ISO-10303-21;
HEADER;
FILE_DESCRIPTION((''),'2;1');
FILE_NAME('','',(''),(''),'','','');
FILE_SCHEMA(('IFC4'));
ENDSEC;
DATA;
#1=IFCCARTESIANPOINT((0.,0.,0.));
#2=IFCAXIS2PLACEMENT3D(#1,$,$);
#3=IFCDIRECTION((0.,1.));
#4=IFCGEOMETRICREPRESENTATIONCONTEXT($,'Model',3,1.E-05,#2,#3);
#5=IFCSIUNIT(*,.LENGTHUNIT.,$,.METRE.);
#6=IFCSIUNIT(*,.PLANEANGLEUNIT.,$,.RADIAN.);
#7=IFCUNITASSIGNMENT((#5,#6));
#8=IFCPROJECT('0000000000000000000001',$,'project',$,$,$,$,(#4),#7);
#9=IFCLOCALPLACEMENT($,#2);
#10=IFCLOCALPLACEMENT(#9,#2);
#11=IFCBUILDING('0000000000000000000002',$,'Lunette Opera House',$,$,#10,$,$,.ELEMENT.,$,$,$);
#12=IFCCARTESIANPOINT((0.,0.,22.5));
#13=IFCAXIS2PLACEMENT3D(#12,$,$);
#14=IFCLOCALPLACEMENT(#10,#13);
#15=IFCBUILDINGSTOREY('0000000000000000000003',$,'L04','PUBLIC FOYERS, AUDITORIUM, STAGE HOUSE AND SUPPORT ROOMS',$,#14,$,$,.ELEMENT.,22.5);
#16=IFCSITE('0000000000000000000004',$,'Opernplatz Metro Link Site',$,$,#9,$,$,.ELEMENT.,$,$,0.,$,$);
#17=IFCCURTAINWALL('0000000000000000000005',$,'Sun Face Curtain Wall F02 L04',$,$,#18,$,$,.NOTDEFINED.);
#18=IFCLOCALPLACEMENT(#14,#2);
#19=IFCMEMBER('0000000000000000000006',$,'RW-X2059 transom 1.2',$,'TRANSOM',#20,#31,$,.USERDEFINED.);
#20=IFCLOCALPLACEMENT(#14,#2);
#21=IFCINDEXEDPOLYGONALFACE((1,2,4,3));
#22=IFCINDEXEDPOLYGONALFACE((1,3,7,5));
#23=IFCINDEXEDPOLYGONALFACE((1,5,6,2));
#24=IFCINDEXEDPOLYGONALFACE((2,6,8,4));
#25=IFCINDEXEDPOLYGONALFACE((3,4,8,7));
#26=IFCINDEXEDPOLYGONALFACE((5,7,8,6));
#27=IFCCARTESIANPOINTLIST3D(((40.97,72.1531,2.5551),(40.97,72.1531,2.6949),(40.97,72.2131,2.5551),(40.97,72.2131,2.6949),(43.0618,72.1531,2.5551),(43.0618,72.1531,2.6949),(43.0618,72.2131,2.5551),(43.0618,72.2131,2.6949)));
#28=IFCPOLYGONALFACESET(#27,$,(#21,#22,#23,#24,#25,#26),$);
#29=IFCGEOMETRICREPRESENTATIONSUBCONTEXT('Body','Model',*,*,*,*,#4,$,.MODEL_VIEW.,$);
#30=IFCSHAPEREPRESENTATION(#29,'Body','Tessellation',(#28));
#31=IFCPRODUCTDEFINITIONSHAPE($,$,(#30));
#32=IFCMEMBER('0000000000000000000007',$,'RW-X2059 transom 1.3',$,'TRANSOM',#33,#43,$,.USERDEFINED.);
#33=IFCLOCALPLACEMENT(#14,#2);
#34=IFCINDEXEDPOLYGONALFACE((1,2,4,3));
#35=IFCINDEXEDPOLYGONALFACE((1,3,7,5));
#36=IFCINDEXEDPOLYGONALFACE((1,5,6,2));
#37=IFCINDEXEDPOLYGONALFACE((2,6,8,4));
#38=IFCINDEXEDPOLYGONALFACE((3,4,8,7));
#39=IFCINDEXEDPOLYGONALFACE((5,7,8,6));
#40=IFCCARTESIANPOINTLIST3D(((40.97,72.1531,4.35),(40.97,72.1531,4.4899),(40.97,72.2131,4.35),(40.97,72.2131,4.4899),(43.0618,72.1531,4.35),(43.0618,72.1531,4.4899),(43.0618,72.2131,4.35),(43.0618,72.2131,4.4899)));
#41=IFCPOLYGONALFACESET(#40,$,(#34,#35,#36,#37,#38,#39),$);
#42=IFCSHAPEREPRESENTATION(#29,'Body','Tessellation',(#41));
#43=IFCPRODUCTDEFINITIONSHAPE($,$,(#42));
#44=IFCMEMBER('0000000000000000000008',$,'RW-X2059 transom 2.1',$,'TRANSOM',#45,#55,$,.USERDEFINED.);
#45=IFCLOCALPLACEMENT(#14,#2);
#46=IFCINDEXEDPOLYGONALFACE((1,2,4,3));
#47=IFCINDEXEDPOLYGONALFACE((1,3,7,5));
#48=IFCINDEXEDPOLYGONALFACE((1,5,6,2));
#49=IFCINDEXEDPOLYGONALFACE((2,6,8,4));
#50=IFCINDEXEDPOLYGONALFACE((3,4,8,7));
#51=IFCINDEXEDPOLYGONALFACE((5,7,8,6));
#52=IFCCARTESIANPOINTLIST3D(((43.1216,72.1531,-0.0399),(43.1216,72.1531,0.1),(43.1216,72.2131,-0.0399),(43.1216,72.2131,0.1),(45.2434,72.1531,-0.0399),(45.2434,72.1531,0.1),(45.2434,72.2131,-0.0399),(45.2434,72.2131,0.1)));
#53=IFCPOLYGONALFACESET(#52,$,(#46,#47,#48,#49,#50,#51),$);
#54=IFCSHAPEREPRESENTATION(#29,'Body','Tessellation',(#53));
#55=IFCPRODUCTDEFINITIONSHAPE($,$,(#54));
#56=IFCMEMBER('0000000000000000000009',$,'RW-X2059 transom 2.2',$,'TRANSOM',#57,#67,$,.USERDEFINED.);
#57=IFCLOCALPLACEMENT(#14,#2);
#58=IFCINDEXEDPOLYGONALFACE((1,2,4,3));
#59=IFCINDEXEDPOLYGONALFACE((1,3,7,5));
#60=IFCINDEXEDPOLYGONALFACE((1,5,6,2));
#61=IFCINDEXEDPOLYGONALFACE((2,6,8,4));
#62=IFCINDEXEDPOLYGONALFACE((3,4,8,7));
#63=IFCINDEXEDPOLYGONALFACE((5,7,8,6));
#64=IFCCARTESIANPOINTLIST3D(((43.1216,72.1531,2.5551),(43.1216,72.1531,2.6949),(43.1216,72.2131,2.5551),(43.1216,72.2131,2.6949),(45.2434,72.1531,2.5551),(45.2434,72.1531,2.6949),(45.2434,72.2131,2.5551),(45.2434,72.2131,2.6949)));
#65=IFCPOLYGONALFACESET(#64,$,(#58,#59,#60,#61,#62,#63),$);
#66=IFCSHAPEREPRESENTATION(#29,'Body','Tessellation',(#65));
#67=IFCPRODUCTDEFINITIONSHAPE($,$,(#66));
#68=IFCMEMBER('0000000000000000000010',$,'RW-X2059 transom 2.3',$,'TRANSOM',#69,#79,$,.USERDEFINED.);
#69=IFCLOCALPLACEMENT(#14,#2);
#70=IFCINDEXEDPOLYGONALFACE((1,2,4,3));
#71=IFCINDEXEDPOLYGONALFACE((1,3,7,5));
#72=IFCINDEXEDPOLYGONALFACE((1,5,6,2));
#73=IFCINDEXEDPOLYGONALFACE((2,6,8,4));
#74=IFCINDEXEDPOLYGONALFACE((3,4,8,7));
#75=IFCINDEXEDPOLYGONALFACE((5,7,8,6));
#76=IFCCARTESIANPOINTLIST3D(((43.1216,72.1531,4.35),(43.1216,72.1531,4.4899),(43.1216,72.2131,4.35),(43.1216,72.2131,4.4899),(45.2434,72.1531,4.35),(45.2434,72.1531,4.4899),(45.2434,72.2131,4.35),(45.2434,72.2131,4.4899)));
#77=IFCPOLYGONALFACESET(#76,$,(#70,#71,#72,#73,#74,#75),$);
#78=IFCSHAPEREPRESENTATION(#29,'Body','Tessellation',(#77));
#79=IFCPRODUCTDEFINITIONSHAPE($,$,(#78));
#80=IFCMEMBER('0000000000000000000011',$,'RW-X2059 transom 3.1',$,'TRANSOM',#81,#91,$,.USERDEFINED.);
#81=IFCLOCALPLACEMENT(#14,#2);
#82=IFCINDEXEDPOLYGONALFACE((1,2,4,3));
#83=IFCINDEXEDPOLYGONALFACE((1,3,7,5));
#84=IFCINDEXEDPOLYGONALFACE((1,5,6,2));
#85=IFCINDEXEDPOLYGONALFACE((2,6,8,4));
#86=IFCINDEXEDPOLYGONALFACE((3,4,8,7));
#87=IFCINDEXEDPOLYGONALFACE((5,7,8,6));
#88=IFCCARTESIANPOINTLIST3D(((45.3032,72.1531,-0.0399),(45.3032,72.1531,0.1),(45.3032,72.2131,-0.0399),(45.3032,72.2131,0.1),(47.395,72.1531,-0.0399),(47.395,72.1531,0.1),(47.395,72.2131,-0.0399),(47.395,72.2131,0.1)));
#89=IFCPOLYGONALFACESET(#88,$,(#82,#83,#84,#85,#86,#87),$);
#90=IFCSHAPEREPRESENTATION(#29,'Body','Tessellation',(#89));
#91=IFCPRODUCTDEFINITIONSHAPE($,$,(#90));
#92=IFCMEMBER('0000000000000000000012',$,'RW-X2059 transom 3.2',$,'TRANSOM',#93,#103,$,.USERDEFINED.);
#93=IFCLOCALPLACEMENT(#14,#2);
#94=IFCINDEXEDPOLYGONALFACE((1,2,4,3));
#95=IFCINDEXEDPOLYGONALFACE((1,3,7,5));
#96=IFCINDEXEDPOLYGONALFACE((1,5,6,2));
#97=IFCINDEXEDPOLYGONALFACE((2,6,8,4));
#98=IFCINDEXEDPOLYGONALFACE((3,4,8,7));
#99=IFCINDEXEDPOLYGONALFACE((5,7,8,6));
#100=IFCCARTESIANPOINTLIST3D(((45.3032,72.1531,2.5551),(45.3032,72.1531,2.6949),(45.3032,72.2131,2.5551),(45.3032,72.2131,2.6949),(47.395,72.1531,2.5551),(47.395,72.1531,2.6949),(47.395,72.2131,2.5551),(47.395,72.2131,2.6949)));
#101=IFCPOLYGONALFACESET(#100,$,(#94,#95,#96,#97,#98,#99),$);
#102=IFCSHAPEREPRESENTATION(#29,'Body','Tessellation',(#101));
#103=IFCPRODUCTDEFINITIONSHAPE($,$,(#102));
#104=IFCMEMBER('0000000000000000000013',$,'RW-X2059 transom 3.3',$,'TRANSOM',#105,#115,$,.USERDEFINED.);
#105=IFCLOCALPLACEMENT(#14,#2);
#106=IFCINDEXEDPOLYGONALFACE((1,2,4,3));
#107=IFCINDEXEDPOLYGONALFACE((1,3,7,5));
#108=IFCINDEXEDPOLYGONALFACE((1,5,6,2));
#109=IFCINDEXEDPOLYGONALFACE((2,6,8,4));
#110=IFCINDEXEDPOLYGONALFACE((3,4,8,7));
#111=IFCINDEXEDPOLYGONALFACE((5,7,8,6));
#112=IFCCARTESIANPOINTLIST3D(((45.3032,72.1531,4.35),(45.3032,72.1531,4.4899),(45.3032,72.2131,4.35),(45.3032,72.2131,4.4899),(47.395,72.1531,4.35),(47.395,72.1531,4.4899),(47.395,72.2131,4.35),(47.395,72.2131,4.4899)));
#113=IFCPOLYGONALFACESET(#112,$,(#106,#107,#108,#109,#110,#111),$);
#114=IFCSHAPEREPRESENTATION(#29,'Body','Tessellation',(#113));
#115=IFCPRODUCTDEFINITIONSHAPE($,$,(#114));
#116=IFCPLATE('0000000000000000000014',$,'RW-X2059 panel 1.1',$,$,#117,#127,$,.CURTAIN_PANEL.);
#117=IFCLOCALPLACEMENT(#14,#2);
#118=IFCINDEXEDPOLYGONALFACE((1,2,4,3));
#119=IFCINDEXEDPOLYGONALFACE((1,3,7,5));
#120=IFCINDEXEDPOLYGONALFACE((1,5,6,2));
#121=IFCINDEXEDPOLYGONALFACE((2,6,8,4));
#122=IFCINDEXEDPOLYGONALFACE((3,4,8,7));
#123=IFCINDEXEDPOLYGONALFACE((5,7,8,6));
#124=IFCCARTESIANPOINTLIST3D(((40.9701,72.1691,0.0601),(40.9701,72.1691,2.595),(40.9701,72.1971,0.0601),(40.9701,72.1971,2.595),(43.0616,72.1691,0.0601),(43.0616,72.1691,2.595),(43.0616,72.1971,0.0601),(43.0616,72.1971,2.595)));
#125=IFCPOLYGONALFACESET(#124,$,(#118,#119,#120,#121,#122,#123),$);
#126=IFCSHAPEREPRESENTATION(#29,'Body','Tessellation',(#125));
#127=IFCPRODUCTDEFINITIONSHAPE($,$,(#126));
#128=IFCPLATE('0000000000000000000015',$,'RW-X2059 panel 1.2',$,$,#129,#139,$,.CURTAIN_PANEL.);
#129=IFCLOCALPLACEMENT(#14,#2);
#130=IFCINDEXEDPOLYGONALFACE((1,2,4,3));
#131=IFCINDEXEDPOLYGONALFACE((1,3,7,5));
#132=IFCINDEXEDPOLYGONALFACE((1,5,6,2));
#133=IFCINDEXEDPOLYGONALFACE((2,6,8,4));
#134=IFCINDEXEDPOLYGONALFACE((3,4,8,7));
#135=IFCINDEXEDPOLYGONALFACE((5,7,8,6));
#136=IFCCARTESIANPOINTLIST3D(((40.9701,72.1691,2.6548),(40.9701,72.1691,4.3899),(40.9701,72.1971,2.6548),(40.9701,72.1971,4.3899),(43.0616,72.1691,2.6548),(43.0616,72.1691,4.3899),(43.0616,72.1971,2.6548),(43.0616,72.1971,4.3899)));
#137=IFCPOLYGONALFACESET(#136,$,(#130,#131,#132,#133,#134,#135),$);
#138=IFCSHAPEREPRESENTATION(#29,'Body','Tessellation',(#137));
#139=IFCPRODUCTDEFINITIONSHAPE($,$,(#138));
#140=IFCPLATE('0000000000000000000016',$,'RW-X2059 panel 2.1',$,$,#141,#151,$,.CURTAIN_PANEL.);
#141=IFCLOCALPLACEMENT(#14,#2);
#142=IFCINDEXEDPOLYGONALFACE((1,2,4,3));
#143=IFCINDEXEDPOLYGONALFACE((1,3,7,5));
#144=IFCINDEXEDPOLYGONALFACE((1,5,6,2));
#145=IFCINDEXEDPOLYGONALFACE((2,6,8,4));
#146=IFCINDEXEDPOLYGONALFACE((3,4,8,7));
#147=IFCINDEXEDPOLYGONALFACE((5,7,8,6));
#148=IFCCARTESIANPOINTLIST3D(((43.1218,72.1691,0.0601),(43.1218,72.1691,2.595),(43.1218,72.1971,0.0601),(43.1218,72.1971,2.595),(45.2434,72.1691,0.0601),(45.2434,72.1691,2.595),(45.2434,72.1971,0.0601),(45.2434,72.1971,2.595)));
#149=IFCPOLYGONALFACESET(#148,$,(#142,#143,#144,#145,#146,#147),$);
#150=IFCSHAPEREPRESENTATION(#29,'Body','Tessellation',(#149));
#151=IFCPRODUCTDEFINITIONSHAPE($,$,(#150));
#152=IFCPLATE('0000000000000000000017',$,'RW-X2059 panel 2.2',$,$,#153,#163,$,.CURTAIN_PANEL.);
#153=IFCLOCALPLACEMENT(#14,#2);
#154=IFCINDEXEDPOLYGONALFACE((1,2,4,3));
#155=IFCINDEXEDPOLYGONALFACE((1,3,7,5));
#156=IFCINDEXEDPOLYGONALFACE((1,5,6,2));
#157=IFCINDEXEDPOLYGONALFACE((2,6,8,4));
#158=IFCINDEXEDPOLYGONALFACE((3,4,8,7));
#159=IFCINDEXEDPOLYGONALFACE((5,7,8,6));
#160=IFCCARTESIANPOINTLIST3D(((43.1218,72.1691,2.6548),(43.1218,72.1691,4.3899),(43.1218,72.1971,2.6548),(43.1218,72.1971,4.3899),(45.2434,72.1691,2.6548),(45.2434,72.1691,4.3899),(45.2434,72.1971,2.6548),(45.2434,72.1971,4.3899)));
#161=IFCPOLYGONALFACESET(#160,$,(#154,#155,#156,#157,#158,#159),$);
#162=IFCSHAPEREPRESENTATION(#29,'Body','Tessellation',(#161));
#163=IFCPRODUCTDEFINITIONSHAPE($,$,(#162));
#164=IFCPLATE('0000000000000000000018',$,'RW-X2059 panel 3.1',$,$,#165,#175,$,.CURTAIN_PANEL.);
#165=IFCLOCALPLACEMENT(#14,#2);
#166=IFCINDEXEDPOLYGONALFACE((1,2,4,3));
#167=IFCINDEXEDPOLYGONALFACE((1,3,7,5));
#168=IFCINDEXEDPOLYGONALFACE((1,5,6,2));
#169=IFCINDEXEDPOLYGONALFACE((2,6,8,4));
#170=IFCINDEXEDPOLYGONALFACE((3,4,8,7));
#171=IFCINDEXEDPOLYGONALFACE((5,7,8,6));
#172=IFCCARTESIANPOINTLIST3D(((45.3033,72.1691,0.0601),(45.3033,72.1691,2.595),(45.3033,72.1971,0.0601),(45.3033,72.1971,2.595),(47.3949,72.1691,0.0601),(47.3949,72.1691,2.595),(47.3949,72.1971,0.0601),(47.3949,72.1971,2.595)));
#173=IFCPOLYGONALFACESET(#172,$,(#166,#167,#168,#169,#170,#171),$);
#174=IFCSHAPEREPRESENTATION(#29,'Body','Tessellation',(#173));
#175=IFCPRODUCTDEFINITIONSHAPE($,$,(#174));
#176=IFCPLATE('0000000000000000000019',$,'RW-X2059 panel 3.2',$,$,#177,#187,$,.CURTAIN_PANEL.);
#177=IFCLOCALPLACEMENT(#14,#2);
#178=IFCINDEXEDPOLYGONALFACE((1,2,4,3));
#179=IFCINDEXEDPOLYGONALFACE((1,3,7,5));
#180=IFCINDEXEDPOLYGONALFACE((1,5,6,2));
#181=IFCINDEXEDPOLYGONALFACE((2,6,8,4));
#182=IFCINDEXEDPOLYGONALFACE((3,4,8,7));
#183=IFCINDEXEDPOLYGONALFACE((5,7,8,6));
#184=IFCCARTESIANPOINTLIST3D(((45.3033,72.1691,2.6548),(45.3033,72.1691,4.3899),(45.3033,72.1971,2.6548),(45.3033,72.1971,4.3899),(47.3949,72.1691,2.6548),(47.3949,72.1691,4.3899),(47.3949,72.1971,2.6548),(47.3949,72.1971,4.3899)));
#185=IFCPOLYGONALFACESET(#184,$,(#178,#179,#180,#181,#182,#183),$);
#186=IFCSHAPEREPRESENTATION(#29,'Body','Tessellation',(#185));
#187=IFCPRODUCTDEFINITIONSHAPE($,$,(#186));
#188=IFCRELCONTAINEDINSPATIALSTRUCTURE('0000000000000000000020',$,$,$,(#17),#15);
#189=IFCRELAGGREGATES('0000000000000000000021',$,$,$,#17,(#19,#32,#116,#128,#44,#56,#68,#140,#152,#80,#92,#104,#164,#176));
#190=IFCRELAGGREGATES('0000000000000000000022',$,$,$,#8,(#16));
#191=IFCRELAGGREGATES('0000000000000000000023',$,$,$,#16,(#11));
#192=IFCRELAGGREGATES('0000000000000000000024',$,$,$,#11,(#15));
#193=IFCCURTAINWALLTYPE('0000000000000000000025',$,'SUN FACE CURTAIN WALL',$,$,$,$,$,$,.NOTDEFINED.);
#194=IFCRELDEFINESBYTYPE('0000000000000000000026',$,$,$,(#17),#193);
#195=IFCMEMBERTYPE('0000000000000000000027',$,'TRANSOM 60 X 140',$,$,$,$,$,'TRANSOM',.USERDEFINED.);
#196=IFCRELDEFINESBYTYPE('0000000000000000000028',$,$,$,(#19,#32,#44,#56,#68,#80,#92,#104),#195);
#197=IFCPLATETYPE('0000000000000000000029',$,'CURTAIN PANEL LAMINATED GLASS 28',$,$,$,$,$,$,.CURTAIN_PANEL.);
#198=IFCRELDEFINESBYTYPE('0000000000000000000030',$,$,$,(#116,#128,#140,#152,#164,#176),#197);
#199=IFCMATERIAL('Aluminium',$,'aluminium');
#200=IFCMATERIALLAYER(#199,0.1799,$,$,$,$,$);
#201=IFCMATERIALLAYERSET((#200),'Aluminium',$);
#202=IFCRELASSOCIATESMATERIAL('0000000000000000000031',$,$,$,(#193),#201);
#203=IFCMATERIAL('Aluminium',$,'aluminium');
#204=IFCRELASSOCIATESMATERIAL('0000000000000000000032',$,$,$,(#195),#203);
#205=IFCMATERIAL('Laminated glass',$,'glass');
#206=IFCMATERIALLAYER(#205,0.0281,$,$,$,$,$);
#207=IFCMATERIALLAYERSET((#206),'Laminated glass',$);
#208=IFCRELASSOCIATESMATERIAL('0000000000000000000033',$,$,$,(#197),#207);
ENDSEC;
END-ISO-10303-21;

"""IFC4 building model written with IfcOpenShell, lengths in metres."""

from ifc_helpers import new_model, si_unit, direction, frame, origin, origin_2d, place, context, subcontext, project, spatial, rectangle, extrude, material, layer, layer_set, material_profile, profile_set, type_object, element, aggregate, save


model = new_model("IFC4")

# Units and contexts
model_context = context("Model", 3, precision=1e-05, world=origin(), true_north=direction((0.0, 1.0)))
body_context = subcontext(model_context, "Body", "Model", "MODEL_VIEW")
ifc_project = project(units=[si_unit("LENGTHUNIT", "METRE"), si_unit("PLANEANGLEUNIT", "RADIAN")], contexts=[model_context])

# Site, building, storey
site_placement = place(None, origin())
site = spatial("IfcSite", under=ifc_project, at=site_placement, Name="Opernplatz Metro Link Site", CompositionType="ELEMENT", RefElevation=0.0)
building_placement = place(site_placement, origin())
building = spatial("IfcBuilding", under=site, at=building_placement, Name="Lunette Opera House", CompositionType="ELEMENT")
storey_placement = place(building_placement, frame((0.0, 0.0, 22.5)))
storey = spatial("IfcBuildingStorey", under=building, at=storey_placement, Name="L04", Description="PUBLIC FOYERS, AUDITORIUM, STAGE HOUSE AND SUPPORT ROOMS", CompositionType="ELEMENT", Elevation=22.5)

# Curtain wall
ifc_material_1 = material(Name="Aluminium", Category="aluminium")
ifc_layer_1 = layer(ifc_material_1, 0.1799)
ifc_layer_set_1 = layer_set([ifc_layer_1], Name="Aluminium")
curtain_wall_type = type_object("IfcCurtainWallType", Name="SUN FACE CURTAIN WALL", PredefinedType="NOTDEFINED", material=ifc_layer_set_1)
curtain_wall_placement = place(storey_placement, origin())
curtain_wall = element("IfcCurtainWall", 1, at=curtain_wall_placement, inside=storey, type_object=curtain_wall_type, Name="Sun Face Curtain Wall F02 L04", PredefinedType="NOTDEFINED")

# Members
ifc_material_2 = material(Name="Aluminium", Category="aluminium")
ifc_material_profile_1 = material_profile(ifc_material_2, rectangle(XDim=0.0601, YDim=0.1399, at=origin_2d()), Name="TRANSOM 60 X 140")
ifc_profile_set_1 = profile_set([ifc_material_profile_1], Name="Aluminium")
member_type_1 = type_object("IfcMemberType", Name="TRANSOM 60 X 140", ElementType="TRANSOM", PredefinedType="USERDEFINED", material=ifc_profile_set_1)
member_1_placement = place(storey_placement, frame((40.97, 72.1831, 2.625), z_axis=(1.0, 0.0, 0.0), x_axis=(0.0, 1.0, 0.0)))
member_1 = element("IfcMember", 2, at=member_1_placement, type_object=member_type_1, Name="RW-X2059 transom 1.2", ObjectType="TRANSOM", PredefinedType="USERDEFINED", context=body_context, shape_type="SweptSolid", body=[
    extrude(rectangle(XDim=0.0601, YDim=0.1399, at=origin_2d()), origin(), (0.0, 0.0, 1.0), 2.0918),
])
member_2_placement = place(storey_placement, frame((40.97, 72.1831, 4.4199), z_axis=(1.0, 0.0, 0.0), x_axis=(0.0, 1.0, 0.0)))
member_2 = element("IfcMember", 3, at=member_2_placement, type_object=member_type_1, Name="RW-X2059 transom 1.3", ObjectType="TRANSOM", PredefinedType="USERDEFINED", context=body_context, shape_type="SweptSolid", body=[
    extrude(rectangle(XDim=0.0601, YDim=0.1399, at=origin_2d()), origin(), (0.0, 0.0, 1.0), 2.0918),
])
member_3_placement = place(storey_placement, frame((43.1216, 72.1831, 0.03), z_axis=(1.0, 0.0, 0.0), x_axis=(0.0, 1.0, 0.0)))
member_3 = element("IfcMember", 4, at=member_3_placement, type_object=member_type_1, Name="RW-X2059 transom 2.1", ObjectType="TRANSOM", PredefinedType="USERDEFINED", context=body_context, shape_type="SweptSolid", body=[
    extrude(rectangle(XDim=0.0601, YDim=0.1399, at=origin_2d()), origin(), (0.0, 0.0, 1.0), 2.1218),
])
member_4_placement = place(storey_placement, frame((43.1216, 72.1831, 2.625), z_axis=(1.0, 0.0, 0.0), x_axis=(0.0, 1.0, 0.0)))
member_4 = element("IfcMember", 5, at=member_4_placement, type_object=member_type_1, Name="RW-X2059 transom 2.2", ObjectType="TRANSOM", PredefinedType="USERDEFINED", context=body_context, shape_type="SweptSolid", body=[
    extrude(rectangle(XDim=0.0601, YDim=0.1399, at=origin_2d()), origin(), (0.0, 0.0, 1.0), 2.1218),
])
member_5_placement = place(storey_placement, frame((43.1216, 72.1831, 4.4199), z_axis=(1.0, 0.0, 0.0), x_axis=(0.0, 1.0, 0.0)))
member_5 = element("IfcMember", 6, at=member_5_placement, type_object=member_type_1, Name="RW-X2059 transom 2.3", ObjectType="TRANSOM", PredefinedType="USERDEFINED", context=body_context, shape_type="SweptSolid", body=[
    extrude(rectangle(XDim=0.0601, YDim=0.1399, at=origin_2d()), origin(), (0.0, 0.0, 1.0), 2.1218),
])
member_6_placement = place(storey_placement, frame((45.3032, 72.1831, 0.03), z_axis=(1.0, 0.0, 0.0), x_axis=(0.0, 1.0, 0.0)))
member_6 = element("IfcMember", 7, at=member_6_placement, type_object=member_type_1, Name="RW-X2059 transom 3.1", ObjectType="TRANSOM", PredefinedType="USERDEFINED", context=body_context, shape_type="SweptSolid", body=[
    extrude(rectangle(XDim=0.0601, YDim=0.1399, at=origin_2d()), origin(), (0.0, 0.0, 1.0), 2.0918),
])
member_7_placement = place(storey_placement, frame((45.3032, 72.1831, 2.625), z_axis=(1.0, 0.0, 0.0), x_axis=(0.0, 1.0, 0.0)))
member_7 = element("IfcMember", 8, at=member_7_placement, type_object=member_type_1, Name="RW-X2059 transom 3.2", ObjectType="TRANSOM", PredefinedType="USERDEFINED", context=body_context, shape_type="SweptSolid", body=[
    extrude(rectangle(XDim=0.0601, YDim=0.1399, at=origin_2d()), origin(), (0.0, 0.0, 1.0), 2.0918),
])
member_8_placement = place(storey_placement, frame((45.3032, 72.1831, 4.4199), z_axis=(1.0, 0.0, 0.0), x_axis=(0.0, 1.0, 0.0)))
member_8 = element("IfcMember", 9, at=member_8_placement, type_object=member_type_1, Name="RW-X2059 transom 3.3", ObjectType="TRANSOM", PredefinedType="USERDEFINED", context=body_context, shape_type="SweptSolid", body=[
    extrude(rectangle(XDim=0.0601, YDim=0.1399, at=origin_2d()), origin(), (0.0, 0.0, 1.0), 2.0918),
])

# Plates
ifc_material_3 = material(Name="Laminated glass", Category="glass")
ifc_layer_2 = layer(ifc_material_3, 0.0281)
ifc_layer_set_2 = layer_set([ifc_layer_2], Name="Laminated glass")
plate_type = type_object("IfcPlateType", Name="CURTAIN PANEL LAMINATED GLASS 28", PredefinedType="CURTAIN_PANEL", material=ifc_layer_set_2)
plate_1_placement = place(storey_placement, frame((42.0159, 72.1831, 0.0601), z_axis=(0.0, 0.0, 1.0), x_axis=(1.0, 0.0, 0.0)))
plate_1 = element("IfcPlate", 10, at=plate_1_placement, type_object=plate_type, Name="RW-X2059 panel 1.1", PredefinedType="CURTAIN_PANEL", context=body_context, shape_type="SweptSolid", body=[
    extrude(rectangle(XDim=2.0916, YDim=0.0281, at=origin_2d()), origin(), (0.0, 0.0, 1.0), 2.5349),
])
plate_2_placement = place(storey_placement, frame((42.0159, 72.1831, 2.6548), z_axis=(0.0, 0.0, 1.0), x_axis=(1.0, 0.0, 0.0)))
plate_2 = element("IfcPlate", 11, at=plate_2_placement, type_object=plate_type, Name="RW-X2059 panel 1.2", PredefinedType="CURTAIN_PANEL", context=body_context, shape_type="SweptSolid", body=[
    extrude(rectangle(XDim=2.0916, YDim=0.0281, at=origin_2d()), origin(), (0.0, 0.0, 1.0), 1.7351),
])
plate_3_placement = place(storey_placement, frame((44.1826, 72.1831, 0.0601), z_axis=(0.0, 0.0, 1.0), x_axis=(1.0, 0.0, 0.0)))
plate_3 = element("IfcPlate", 12, at=plate_3_placement, type_object=plate_type, Name="RW-X2059 panel 2.1", PredefinedType="CURTAIN_PANEL", context=body_context, shape_type="SweptSolid", body=[
    extrude(rectangle(XDim=2.1216, YDim=0.0281, at=origin_2d()), origin(), (0.0, 0.0, 1.0), 2.5349),
])
plate_4_placement = place(storey_placement, frame((44.1826, 72.1831, 2.6548), z_axis=(0.0, 0.0, 1.0), x_axis=(1.0, 0.0, 0.0)))
plate_4 = element("IfcPlate", 13, at=plate_4_placement, type_object=plate_type, Name="RW-X2059 panel 2.2", PredefinedType="CURTAIN_PANEL", context=body_context, shape_type="SweptSolid", body=[
    extrude(rectangle(XDim=2.1216, YDim=0.0281, at=origin_2d()), origin(), (0.0, 0.0, 1.0), 1.7351),
])
plate_5_placement = place(storey_placement, frame((46.3491, 72.1831, 0.0601), z_axis=(0.0, 0.0, 1.0), x_axis=(1.0, 0.0, 0.0)))
plate_5 = element("IfcPlate", 14, at=plate_5_placement, type_object=plate_type, Name="RW-X2059 panel 3.1", PredefinedType="CURTAIN_PANEL", context=body_context, shape_type="SweptSolid", body=[
    extrude(rectangle(XDim=2.0916, YDim=0.0281, at=origin_2d()), origin(), (0.0, 0.0, 1.0), 2.5349),
])
plate_6_placement = place(storey_placement, frame((46.3491, 72.1831, 2.6548), z_axis=(0.0, 0.0, 1.0), x_axis=(1.0, 0.0, 0.0)))
plate_6 = element("IfcPlate", 15, at=plate_6_placement, type_object=plate_type, Name="RW-X2059 panel 3.2", PredefinedType="CURTAIN_PANEL", context=body_context, shape_type="SweptSolid", body=[
    extrude(rectangle(XDim=2.0916, YDim=0.0281, at=origin_2d()), origin(), (0.0, 0.0, 1.0), 1.7351),
])
aggregate(curtain_wall, [member_1, member_2, plate_1, plate_2, member_3, member_4, member_5, plate_3, plate_4, member_6, member_7, member_8, plate_5, plate_6])

save(model, "model.ifc")
